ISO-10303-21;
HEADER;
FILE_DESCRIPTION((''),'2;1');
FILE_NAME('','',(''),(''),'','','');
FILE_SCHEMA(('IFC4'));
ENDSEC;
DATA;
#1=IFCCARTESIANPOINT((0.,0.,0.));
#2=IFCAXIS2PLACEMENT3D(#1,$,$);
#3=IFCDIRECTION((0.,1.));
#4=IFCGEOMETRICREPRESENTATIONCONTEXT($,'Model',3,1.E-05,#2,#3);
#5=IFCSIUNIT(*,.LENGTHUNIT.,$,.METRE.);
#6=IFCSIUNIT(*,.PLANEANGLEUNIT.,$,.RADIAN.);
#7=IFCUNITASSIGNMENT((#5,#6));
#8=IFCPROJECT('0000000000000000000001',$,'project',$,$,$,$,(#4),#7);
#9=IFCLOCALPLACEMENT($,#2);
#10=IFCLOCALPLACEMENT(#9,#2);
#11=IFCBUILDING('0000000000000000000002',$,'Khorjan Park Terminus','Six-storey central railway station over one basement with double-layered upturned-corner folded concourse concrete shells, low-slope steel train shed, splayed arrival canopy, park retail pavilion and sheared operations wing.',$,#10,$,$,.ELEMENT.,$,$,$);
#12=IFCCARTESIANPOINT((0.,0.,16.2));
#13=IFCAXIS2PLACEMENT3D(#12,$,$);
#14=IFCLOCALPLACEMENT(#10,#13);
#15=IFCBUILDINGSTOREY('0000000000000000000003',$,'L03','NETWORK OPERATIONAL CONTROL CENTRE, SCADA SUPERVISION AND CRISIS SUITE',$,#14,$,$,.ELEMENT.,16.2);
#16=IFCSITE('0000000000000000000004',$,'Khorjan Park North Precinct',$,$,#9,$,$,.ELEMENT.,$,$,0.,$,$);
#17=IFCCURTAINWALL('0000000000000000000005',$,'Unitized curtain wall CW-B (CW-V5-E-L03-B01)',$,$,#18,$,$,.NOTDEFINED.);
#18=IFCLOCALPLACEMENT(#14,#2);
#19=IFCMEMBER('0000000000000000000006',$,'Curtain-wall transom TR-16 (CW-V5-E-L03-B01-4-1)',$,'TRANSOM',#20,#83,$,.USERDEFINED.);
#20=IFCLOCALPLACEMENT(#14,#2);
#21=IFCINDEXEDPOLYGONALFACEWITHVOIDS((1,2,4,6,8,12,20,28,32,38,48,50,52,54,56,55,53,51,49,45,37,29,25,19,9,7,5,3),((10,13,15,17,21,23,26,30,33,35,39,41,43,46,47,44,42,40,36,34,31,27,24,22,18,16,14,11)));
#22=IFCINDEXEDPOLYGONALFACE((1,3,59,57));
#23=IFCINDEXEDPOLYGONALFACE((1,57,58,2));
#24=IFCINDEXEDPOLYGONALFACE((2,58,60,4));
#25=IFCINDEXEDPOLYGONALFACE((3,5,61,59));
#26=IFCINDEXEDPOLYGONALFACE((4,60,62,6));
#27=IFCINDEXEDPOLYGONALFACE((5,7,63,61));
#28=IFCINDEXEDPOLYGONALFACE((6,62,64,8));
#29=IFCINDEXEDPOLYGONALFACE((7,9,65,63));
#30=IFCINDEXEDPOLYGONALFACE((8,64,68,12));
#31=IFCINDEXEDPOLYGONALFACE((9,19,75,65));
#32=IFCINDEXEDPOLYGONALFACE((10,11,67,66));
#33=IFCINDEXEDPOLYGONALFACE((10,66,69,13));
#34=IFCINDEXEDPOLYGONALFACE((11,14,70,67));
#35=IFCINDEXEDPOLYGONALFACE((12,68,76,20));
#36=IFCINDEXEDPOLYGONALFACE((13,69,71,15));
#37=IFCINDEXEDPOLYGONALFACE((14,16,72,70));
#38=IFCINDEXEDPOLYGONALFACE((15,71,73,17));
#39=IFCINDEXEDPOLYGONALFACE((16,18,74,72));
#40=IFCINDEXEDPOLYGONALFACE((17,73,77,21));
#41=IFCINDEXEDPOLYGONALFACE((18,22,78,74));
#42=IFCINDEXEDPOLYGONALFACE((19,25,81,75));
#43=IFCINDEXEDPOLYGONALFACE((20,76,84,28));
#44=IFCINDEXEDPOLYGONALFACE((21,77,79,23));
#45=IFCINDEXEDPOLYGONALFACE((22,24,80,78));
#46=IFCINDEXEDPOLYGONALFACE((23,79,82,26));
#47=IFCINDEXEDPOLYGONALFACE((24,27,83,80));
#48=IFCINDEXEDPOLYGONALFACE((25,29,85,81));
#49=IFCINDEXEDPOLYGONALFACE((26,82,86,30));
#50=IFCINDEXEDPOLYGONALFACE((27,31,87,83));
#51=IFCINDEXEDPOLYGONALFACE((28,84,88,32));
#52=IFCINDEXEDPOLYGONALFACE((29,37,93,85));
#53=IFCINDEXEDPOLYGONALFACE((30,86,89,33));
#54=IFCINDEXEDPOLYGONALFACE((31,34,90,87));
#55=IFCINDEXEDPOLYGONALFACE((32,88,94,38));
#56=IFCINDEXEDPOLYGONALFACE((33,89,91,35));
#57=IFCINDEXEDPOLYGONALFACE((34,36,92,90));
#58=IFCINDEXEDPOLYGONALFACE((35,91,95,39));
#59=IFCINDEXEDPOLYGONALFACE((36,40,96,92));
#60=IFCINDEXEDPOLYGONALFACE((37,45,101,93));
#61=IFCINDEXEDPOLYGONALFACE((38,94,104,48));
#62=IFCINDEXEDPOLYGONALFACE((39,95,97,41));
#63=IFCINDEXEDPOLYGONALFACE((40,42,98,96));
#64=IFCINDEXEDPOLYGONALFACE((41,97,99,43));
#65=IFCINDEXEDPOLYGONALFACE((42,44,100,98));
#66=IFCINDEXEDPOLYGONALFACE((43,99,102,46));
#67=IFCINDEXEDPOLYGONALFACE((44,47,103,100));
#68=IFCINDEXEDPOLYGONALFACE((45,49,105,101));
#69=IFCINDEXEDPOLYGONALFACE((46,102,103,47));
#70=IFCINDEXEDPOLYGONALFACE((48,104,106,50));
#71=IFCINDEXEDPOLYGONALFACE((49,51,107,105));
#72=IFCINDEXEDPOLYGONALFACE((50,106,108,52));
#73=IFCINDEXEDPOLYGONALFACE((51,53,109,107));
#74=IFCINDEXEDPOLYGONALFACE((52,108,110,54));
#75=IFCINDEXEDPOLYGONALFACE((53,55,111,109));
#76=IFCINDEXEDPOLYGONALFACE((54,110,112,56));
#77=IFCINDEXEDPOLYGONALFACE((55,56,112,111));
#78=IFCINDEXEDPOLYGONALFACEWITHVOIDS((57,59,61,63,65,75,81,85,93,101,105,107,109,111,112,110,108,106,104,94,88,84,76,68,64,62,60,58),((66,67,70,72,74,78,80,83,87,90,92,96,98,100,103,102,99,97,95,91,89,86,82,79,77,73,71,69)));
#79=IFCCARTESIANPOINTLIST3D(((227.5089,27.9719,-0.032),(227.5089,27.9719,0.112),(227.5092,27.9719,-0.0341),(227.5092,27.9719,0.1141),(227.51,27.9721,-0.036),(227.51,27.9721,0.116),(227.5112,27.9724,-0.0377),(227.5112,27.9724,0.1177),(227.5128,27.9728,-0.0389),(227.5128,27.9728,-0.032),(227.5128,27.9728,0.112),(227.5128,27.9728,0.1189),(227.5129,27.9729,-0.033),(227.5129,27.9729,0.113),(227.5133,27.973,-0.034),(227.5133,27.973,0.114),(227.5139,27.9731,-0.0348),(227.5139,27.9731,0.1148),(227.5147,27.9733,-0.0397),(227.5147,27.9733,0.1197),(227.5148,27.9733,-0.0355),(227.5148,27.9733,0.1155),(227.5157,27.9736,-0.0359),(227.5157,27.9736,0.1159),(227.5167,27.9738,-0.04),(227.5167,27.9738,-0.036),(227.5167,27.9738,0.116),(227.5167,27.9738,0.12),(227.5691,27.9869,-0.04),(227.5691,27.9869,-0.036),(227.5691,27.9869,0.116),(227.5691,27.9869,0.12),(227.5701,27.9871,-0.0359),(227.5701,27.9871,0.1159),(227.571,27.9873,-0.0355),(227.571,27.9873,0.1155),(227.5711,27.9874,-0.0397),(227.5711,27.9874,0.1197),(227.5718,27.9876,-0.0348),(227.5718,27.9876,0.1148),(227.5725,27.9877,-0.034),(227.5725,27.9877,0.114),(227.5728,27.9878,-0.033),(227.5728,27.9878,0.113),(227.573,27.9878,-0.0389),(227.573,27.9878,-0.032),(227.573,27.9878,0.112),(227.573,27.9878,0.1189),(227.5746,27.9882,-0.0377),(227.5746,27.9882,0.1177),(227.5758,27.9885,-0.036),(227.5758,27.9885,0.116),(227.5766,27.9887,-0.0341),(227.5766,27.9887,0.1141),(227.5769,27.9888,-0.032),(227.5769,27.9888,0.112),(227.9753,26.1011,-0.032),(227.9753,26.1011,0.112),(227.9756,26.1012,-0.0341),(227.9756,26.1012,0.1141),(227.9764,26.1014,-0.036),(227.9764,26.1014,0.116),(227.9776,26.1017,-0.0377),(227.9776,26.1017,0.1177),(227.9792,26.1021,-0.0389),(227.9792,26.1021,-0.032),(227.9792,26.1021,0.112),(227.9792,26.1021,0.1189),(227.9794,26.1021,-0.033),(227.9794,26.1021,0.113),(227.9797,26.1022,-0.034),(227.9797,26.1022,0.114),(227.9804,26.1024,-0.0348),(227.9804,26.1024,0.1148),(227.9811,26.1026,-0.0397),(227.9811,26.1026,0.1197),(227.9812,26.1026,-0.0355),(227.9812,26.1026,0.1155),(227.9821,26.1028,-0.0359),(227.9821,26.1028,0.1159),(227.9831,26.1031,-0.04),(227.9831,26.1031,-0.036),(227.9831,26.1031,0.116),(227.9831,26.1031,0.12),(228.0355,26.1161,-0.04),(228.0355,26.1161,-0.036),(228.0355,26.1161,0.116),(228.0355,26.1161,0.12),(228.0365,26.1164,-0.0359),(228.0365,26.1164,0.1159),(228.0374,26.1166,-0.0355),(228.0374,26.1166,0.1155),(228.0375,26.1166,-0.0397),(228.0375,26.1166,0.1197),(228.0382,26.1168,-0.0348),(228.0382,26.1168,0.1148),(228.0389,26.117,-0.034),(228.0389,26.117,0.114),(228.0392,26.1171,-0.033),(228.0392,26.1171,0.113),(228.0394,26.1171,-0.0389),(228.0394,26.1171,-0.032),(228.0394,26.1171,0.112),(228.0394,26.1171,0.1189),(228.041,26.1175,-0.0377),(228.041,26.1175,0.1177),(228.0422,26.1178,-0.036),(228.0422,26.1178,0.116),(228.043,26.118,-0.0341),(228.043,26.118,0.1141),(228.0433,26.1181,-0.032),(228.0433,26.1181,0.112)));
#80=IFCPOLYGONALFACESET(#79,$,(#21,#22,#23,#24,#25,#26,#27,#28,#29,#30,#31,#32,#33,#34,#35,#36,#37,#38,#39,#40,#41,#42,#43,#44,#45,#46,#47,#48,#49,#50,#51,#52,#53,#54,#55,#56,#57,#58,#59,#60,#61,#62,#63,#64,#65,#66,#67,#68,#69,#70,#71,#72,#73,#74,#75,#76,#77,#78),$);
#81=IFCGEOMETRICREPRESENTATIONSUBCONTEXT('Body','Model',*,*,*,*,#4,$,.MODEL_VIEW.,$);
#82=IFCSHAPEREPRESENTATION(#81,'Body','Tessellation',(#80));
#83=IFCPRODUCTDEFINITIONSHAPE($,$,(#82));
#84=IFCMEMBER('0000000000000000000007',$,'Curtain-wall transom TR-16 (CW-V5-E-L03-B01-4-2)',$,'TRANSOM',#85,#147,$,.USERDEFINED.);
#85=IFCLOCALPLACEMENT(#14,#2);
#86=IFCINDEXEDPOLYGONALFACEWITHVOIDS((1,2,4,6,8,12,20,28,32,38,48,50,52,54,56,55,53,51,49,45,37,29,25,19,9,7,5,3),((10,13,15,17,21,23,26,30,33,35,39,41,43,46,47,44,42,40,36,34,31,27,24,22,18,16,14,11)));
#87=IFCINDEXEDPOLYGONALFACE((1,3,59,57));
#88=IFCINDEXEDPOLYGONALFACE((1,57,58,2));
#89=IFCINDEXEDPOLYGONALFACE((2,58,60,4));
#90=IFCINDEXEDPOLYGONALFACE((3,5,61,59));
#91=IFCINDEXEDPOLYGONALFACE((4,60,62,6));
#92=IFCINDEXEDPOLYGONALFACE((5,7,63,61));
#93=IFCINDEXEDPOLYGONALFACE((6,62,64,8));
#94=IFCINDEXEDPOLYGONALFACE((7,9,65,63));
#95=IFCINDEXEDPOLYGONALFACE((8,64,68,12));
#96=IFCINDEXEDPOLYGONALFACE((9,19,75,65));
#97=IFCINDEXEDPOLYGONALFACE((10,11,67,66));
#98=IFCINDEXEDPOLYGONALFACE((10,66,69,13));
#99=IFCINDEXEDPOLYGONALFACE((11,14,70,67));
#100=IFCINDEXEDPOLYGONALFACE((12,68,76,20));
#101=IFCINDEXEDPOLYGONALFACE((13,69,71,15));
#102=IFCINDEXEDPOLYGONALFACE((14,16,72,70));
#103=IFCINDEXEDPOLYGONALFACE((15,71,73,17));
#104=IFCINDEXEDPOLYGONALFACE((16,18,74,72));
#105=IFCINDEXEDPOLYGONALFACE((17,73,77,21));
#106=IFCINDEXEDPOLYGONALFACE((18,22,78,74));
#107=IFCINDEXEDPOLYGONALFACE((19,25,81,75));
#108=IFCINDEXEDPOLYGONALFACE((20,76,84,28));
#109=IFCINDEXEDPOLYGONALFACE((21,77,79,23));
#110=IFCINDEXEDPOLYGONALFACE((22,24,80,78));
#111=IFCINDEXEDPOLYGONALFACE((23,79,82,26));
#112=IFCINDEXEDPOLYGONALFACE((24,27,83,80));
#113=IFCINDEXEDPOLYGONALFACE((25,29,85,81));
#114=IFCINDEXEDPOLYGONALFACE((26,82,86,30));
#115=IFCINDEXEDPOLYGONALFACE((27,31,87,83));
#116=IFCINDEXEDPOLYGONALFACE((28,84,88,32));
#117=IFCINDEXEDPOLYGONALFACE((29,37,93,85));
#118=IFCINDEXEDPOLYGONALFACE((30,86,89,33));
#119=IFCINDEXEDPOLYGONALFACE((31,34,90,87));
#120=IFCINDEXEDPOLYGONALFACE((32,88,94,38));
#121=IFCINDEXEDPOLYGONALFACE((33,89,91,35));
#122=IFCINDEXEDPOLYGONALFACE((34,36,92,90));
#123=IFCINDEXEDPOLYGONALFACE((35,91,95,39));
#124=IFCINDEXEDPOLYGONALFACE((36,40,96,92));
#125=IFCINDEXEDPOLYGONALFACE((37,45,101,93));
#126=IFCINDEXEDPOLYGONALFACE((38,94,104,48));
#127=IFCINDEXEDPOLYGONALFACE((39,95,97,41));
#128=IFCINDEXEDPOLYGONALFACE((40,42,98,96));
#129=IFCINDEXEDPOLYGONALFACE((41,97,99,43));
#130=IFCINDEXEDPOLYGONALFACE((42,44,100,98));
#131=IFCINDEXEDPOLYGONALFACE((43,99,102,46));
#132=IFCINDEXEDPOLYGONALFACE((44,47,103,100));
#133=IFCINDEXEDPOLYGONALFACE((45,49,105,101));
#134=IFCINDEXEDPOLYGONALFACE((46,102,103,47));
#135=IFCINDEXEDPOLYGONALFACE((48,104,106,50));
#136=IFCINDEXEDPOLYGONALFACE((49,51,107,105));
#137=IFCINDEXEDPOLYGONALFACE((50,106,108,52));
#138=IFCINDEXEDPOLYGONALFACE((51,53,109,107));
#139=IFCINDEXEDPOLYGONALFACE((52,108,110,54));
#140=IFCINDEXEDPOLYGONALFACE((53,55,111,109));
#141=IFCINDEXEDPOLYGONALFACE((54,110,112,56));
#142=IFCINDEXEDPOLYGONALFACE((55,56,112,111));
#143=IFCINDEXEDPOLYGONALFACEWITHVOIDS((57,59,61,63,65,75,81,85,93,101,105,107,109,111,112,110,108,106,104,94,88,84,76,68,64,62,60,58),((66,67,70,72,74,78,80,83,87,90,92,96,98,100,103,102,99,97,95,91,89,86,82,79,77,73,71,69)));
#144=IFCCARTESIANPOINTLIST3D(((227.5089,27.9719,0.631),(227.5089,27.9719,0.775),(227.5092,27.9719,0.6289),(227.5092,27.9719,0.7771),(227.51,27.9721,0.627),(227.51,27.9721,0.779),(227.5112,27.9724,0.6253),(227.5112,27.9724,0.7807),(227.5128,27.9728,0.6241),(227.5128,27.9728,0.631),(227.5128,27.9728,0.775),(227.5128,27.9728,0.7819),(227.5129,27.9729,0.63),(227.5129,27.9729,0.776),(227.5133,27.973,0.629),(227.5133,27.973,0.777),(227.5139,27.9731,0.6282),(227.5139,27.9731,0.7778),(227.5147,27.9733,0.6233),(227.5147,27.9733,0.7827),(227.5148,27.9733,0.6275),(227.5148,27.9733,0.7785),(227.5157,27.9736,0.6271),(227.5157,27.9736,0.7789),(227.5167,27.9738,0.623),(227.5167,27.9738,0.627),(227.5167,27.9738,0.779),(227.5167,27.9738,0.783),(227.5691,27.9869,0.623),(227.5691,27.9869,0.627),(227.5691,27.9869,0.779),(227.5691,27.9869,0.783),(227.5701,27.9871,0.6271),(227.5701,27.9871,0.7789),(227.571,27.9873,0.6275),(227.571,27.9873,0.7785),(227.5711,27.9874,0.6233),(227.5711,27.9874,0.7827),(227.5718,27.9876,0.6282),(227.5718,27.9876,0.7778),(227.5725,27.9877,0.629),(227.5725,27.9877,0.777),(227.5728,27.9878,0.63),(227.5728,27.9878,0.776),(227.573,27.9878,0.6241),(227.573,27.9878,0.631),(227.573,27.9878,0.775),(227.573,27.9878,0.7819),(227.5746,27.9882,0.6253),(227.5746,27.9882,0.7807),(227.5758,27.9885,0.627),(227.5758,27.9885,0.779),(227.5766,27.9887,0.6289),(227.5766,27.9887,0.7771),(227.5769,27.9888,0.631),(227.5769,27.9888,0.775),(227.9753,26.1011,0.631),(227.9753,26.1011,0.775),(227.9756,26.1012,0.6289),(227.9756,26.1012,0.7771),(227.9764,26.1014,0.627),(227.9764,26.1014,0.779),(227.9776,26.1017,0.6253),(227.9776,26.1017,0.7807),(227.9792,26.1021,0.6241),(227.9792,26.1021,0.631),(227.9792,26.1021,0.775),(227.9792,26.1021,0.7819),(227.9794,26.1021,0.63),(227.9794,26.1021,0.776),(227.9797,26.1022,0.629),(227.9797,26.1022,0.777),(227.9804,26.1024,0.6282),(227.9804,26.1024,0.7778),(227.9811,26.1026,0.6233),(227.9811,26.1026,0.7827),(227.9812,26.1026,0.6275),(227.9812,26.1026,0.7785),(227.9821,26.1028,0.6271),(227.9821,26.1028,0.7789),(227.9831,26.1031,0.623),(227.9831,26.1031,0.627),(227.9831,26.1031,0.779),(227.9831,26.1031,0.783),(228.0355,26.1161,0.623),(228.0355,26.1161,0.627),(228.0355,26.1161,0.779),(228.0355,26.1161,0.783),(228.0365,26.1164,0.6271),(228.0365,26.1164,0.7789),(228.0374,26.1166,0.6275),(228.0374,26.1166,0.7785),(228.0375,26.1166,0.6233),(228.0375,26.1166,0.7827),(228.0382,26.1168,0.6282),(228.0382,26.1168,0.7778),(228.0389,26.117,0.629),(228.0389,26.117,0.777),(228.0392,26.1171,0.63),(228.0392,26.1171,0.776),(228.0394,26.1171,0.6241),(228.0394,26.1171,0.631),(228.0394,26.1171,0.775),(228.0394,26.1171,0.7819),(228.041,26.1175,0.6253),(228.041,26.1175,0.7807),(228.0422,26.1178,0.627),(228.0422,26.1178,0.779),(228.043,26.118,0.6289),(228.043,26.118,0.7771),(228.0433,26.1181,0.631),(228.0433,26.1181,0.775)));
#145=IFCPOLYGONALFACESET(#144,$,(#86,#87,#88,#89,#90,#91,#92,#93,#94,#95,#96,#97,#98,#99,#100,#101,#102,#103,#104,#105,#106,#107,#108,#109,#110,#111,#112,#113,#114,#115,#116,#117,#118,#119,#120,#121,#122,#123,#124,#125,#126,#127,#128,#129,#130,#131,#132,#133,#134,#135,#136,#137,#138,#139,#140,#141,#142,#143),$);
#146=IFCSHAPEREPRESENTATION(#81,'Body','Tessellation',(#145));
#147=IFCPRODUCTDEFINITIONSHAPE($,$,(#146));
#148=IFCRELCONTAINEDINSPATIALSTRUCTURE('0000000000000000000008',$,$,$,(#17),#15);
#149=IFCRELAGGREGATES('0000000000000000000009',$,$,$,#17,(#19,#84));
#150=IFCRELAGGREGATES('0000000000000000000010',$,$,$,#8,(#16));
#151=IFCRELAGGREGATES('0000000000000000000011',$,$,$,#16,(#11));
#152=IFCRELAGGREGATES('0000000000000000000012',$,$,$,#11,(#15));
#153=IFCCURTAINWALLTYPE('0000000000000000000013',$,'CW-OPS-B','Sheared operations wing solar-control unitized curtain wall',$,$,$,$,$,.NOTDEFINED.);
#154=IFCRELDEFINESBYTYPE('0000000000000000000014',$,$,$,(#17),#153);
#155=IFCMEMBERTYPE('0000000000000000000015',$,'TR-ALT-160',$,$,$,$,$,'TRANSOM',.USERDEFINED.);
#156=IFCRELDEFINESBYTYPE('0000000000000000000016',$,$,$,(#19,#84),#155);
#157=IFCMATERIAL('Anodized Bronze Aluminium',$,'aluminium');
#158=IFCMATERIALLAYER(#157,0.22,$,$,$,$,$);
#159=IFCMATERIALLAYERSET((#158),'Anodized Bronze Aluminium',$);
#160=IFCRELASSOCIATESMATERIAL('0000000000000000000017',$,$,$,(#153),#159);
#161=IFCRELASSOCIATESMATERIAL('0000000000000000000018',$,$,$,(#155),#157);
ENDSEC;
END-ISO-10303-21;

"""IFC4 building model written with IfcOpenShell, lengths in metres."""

from ifc_helpers import new_model, si_unit, direction, frame, origin, origin_2d, place, context, subcontext, project, spatial, hollow_rectangle, extrude, material, layer, layer_set, material_profile, profile_set, type_object, element, aggregate, save


model = new_model("IFC4")

# Units and contexts
model_context = context("Model", 3, precision=1e-05, world=origin(), true_north=direction((0.0, 1.0)))
body_context = subcontext(model_context, "Body", "Model", "MODEL_VIEW")
ifc_project = project(units=[si_unit("LENGTHUNIT", "METRE"), si_unit("PLANEANGLEUNIT", "RADIAN")], contexts=[model_context])

# Site, building, storey
site_placement = place(None, origin())
site = spatial("IfcSite", under=ifc_project, at=site_placement, Name="Khorjan Park North Precinct", CompositionType="ELEMENT", RefElevation=0.0)
building_placement = place(site_placement, origin())
building = spatial("IfcBuilding", under=site, at=building_placement, Name="Khorjan Park Terminus", Description="Six-storey central railway station over one basement with double-layered upturned-corner folded concourse concrete shells, low-slope steel train shed, splayed arrival canopy, park retail pavilion and sheared operations wing.", CompositionType="ELEMENT")
storey_placement = place(building_placement, frame((0.0, 0.0, 16.2)))
storey = spatial("IfcBuildingStorey", under=building, at=storey_placement, Name="L03", Description="NETWORK OPERATIONAL CONTROL CENTRE, SCADA SUPERVISION AND CRISIS SUITE", CompositionType="ELEMENT", Elevation=16.2)

# Curtain wall, members
ifc_material_1 = material(Name="Anodized Bronze Aluminium", Category="aluminium")
ifc_layer_1 = layer(ifc_material_1, 0.22)
ifc_layer_set_1 = layer_set([ifc_layer_1], Name="Anodized Bronze Aluminium")
curtain_wall_type = type_object("IfcCurtainWallType", Name="CW-OPS-B", Description="Sheared operations wing solar-control unitized curtain wall", PredefinedType="NOTDEFINED", material=ifc_layer_set_1)
curtain_wall_placement = place(storey_placement, origin())
curtain_wall = element("IfcCurtainWall", 1, at=curtain_wall_placement, inside=storey, type_object=curtain_wall_type, Name="Unitized curtain wall CW-B (CW-V5-E-L03-B01)", PredefinedType="NOTDEFINED")
ifc_material_profile_1 = material_profile(ifc_material_1, hollow_rectangle(XDim=0.07, YDim=0.16, WallThickness=0.004, InnerFilletRadius=0.004, OuterFilletRadius=0.008, at=origin_2d()), Name="ALT 70x160x4")
ifc_profile_set_1 = profile_set([ifc_material_profile_1], Name="Anodized Bronze Aluminium")
member_type_1 = type_object("IfcMemberType", Name="TR-ALT-160", ElementType="TRANSOM", PredefinedType="USERDEFINED", material=ifc_profile_set_1)
member_1_placement = place(storey_placement, frame((228.0093, 26.1096, 0.04), z_axis=(-0.241913, 0.970298, 0.0), x_axis=(-0.970298, -0.241913, 0.0)))
member_1 = element("IfcMember", 2, at=member_1_placement, type_object=member_type_1, Name="Curtain-wall transom TR-16 (CW-V5-E-L03-B01-4-1)", ObjectType="TRANSOM", PredefinedType="USERDEFINED", context=body_context, shape_type="SweptSolid", body=[
    extrude(hollow_rectangle(XDim=0.07, YDim=0.16, WallThickness=0.004, InnerFilletRadius=0.004, OuterFilletRadius=0.008, at=origin_2d()), origin(), (0.0, 0.0, 1.0), 1.928),
])
member_2_placement = place(storey_placement, frame((228.0093, 26.1096, 0.703), z_axis=(-0.241913, 0.970298, 0.0), x_axis=(-0.970298, -0.241913, 0.0)))
member_2 = element("IfcMember", 3, at=member_2_placement, type_object=member_type_1, Name="Curtain-wall transom TR-16 (CW-V5-E-L03-B01-4-2)", ObjectType="TRANSOM", PredefinedType="USERDEFINED", context=body_context, shape_type="SweptSolid", body=[
    extrude(hollow_rectangle(XDim=0.07, YDim=0.16, WallThickness=0.004, InnerFilletRadius=0.004, OuterFilletRadius=0.008, at=origin_2d()), origin(), (0.0, 0.0, 1.0), 1.928),
])
aggregate(curtain_wall, [member_1, member_2])

save(model, "model.ifc")
